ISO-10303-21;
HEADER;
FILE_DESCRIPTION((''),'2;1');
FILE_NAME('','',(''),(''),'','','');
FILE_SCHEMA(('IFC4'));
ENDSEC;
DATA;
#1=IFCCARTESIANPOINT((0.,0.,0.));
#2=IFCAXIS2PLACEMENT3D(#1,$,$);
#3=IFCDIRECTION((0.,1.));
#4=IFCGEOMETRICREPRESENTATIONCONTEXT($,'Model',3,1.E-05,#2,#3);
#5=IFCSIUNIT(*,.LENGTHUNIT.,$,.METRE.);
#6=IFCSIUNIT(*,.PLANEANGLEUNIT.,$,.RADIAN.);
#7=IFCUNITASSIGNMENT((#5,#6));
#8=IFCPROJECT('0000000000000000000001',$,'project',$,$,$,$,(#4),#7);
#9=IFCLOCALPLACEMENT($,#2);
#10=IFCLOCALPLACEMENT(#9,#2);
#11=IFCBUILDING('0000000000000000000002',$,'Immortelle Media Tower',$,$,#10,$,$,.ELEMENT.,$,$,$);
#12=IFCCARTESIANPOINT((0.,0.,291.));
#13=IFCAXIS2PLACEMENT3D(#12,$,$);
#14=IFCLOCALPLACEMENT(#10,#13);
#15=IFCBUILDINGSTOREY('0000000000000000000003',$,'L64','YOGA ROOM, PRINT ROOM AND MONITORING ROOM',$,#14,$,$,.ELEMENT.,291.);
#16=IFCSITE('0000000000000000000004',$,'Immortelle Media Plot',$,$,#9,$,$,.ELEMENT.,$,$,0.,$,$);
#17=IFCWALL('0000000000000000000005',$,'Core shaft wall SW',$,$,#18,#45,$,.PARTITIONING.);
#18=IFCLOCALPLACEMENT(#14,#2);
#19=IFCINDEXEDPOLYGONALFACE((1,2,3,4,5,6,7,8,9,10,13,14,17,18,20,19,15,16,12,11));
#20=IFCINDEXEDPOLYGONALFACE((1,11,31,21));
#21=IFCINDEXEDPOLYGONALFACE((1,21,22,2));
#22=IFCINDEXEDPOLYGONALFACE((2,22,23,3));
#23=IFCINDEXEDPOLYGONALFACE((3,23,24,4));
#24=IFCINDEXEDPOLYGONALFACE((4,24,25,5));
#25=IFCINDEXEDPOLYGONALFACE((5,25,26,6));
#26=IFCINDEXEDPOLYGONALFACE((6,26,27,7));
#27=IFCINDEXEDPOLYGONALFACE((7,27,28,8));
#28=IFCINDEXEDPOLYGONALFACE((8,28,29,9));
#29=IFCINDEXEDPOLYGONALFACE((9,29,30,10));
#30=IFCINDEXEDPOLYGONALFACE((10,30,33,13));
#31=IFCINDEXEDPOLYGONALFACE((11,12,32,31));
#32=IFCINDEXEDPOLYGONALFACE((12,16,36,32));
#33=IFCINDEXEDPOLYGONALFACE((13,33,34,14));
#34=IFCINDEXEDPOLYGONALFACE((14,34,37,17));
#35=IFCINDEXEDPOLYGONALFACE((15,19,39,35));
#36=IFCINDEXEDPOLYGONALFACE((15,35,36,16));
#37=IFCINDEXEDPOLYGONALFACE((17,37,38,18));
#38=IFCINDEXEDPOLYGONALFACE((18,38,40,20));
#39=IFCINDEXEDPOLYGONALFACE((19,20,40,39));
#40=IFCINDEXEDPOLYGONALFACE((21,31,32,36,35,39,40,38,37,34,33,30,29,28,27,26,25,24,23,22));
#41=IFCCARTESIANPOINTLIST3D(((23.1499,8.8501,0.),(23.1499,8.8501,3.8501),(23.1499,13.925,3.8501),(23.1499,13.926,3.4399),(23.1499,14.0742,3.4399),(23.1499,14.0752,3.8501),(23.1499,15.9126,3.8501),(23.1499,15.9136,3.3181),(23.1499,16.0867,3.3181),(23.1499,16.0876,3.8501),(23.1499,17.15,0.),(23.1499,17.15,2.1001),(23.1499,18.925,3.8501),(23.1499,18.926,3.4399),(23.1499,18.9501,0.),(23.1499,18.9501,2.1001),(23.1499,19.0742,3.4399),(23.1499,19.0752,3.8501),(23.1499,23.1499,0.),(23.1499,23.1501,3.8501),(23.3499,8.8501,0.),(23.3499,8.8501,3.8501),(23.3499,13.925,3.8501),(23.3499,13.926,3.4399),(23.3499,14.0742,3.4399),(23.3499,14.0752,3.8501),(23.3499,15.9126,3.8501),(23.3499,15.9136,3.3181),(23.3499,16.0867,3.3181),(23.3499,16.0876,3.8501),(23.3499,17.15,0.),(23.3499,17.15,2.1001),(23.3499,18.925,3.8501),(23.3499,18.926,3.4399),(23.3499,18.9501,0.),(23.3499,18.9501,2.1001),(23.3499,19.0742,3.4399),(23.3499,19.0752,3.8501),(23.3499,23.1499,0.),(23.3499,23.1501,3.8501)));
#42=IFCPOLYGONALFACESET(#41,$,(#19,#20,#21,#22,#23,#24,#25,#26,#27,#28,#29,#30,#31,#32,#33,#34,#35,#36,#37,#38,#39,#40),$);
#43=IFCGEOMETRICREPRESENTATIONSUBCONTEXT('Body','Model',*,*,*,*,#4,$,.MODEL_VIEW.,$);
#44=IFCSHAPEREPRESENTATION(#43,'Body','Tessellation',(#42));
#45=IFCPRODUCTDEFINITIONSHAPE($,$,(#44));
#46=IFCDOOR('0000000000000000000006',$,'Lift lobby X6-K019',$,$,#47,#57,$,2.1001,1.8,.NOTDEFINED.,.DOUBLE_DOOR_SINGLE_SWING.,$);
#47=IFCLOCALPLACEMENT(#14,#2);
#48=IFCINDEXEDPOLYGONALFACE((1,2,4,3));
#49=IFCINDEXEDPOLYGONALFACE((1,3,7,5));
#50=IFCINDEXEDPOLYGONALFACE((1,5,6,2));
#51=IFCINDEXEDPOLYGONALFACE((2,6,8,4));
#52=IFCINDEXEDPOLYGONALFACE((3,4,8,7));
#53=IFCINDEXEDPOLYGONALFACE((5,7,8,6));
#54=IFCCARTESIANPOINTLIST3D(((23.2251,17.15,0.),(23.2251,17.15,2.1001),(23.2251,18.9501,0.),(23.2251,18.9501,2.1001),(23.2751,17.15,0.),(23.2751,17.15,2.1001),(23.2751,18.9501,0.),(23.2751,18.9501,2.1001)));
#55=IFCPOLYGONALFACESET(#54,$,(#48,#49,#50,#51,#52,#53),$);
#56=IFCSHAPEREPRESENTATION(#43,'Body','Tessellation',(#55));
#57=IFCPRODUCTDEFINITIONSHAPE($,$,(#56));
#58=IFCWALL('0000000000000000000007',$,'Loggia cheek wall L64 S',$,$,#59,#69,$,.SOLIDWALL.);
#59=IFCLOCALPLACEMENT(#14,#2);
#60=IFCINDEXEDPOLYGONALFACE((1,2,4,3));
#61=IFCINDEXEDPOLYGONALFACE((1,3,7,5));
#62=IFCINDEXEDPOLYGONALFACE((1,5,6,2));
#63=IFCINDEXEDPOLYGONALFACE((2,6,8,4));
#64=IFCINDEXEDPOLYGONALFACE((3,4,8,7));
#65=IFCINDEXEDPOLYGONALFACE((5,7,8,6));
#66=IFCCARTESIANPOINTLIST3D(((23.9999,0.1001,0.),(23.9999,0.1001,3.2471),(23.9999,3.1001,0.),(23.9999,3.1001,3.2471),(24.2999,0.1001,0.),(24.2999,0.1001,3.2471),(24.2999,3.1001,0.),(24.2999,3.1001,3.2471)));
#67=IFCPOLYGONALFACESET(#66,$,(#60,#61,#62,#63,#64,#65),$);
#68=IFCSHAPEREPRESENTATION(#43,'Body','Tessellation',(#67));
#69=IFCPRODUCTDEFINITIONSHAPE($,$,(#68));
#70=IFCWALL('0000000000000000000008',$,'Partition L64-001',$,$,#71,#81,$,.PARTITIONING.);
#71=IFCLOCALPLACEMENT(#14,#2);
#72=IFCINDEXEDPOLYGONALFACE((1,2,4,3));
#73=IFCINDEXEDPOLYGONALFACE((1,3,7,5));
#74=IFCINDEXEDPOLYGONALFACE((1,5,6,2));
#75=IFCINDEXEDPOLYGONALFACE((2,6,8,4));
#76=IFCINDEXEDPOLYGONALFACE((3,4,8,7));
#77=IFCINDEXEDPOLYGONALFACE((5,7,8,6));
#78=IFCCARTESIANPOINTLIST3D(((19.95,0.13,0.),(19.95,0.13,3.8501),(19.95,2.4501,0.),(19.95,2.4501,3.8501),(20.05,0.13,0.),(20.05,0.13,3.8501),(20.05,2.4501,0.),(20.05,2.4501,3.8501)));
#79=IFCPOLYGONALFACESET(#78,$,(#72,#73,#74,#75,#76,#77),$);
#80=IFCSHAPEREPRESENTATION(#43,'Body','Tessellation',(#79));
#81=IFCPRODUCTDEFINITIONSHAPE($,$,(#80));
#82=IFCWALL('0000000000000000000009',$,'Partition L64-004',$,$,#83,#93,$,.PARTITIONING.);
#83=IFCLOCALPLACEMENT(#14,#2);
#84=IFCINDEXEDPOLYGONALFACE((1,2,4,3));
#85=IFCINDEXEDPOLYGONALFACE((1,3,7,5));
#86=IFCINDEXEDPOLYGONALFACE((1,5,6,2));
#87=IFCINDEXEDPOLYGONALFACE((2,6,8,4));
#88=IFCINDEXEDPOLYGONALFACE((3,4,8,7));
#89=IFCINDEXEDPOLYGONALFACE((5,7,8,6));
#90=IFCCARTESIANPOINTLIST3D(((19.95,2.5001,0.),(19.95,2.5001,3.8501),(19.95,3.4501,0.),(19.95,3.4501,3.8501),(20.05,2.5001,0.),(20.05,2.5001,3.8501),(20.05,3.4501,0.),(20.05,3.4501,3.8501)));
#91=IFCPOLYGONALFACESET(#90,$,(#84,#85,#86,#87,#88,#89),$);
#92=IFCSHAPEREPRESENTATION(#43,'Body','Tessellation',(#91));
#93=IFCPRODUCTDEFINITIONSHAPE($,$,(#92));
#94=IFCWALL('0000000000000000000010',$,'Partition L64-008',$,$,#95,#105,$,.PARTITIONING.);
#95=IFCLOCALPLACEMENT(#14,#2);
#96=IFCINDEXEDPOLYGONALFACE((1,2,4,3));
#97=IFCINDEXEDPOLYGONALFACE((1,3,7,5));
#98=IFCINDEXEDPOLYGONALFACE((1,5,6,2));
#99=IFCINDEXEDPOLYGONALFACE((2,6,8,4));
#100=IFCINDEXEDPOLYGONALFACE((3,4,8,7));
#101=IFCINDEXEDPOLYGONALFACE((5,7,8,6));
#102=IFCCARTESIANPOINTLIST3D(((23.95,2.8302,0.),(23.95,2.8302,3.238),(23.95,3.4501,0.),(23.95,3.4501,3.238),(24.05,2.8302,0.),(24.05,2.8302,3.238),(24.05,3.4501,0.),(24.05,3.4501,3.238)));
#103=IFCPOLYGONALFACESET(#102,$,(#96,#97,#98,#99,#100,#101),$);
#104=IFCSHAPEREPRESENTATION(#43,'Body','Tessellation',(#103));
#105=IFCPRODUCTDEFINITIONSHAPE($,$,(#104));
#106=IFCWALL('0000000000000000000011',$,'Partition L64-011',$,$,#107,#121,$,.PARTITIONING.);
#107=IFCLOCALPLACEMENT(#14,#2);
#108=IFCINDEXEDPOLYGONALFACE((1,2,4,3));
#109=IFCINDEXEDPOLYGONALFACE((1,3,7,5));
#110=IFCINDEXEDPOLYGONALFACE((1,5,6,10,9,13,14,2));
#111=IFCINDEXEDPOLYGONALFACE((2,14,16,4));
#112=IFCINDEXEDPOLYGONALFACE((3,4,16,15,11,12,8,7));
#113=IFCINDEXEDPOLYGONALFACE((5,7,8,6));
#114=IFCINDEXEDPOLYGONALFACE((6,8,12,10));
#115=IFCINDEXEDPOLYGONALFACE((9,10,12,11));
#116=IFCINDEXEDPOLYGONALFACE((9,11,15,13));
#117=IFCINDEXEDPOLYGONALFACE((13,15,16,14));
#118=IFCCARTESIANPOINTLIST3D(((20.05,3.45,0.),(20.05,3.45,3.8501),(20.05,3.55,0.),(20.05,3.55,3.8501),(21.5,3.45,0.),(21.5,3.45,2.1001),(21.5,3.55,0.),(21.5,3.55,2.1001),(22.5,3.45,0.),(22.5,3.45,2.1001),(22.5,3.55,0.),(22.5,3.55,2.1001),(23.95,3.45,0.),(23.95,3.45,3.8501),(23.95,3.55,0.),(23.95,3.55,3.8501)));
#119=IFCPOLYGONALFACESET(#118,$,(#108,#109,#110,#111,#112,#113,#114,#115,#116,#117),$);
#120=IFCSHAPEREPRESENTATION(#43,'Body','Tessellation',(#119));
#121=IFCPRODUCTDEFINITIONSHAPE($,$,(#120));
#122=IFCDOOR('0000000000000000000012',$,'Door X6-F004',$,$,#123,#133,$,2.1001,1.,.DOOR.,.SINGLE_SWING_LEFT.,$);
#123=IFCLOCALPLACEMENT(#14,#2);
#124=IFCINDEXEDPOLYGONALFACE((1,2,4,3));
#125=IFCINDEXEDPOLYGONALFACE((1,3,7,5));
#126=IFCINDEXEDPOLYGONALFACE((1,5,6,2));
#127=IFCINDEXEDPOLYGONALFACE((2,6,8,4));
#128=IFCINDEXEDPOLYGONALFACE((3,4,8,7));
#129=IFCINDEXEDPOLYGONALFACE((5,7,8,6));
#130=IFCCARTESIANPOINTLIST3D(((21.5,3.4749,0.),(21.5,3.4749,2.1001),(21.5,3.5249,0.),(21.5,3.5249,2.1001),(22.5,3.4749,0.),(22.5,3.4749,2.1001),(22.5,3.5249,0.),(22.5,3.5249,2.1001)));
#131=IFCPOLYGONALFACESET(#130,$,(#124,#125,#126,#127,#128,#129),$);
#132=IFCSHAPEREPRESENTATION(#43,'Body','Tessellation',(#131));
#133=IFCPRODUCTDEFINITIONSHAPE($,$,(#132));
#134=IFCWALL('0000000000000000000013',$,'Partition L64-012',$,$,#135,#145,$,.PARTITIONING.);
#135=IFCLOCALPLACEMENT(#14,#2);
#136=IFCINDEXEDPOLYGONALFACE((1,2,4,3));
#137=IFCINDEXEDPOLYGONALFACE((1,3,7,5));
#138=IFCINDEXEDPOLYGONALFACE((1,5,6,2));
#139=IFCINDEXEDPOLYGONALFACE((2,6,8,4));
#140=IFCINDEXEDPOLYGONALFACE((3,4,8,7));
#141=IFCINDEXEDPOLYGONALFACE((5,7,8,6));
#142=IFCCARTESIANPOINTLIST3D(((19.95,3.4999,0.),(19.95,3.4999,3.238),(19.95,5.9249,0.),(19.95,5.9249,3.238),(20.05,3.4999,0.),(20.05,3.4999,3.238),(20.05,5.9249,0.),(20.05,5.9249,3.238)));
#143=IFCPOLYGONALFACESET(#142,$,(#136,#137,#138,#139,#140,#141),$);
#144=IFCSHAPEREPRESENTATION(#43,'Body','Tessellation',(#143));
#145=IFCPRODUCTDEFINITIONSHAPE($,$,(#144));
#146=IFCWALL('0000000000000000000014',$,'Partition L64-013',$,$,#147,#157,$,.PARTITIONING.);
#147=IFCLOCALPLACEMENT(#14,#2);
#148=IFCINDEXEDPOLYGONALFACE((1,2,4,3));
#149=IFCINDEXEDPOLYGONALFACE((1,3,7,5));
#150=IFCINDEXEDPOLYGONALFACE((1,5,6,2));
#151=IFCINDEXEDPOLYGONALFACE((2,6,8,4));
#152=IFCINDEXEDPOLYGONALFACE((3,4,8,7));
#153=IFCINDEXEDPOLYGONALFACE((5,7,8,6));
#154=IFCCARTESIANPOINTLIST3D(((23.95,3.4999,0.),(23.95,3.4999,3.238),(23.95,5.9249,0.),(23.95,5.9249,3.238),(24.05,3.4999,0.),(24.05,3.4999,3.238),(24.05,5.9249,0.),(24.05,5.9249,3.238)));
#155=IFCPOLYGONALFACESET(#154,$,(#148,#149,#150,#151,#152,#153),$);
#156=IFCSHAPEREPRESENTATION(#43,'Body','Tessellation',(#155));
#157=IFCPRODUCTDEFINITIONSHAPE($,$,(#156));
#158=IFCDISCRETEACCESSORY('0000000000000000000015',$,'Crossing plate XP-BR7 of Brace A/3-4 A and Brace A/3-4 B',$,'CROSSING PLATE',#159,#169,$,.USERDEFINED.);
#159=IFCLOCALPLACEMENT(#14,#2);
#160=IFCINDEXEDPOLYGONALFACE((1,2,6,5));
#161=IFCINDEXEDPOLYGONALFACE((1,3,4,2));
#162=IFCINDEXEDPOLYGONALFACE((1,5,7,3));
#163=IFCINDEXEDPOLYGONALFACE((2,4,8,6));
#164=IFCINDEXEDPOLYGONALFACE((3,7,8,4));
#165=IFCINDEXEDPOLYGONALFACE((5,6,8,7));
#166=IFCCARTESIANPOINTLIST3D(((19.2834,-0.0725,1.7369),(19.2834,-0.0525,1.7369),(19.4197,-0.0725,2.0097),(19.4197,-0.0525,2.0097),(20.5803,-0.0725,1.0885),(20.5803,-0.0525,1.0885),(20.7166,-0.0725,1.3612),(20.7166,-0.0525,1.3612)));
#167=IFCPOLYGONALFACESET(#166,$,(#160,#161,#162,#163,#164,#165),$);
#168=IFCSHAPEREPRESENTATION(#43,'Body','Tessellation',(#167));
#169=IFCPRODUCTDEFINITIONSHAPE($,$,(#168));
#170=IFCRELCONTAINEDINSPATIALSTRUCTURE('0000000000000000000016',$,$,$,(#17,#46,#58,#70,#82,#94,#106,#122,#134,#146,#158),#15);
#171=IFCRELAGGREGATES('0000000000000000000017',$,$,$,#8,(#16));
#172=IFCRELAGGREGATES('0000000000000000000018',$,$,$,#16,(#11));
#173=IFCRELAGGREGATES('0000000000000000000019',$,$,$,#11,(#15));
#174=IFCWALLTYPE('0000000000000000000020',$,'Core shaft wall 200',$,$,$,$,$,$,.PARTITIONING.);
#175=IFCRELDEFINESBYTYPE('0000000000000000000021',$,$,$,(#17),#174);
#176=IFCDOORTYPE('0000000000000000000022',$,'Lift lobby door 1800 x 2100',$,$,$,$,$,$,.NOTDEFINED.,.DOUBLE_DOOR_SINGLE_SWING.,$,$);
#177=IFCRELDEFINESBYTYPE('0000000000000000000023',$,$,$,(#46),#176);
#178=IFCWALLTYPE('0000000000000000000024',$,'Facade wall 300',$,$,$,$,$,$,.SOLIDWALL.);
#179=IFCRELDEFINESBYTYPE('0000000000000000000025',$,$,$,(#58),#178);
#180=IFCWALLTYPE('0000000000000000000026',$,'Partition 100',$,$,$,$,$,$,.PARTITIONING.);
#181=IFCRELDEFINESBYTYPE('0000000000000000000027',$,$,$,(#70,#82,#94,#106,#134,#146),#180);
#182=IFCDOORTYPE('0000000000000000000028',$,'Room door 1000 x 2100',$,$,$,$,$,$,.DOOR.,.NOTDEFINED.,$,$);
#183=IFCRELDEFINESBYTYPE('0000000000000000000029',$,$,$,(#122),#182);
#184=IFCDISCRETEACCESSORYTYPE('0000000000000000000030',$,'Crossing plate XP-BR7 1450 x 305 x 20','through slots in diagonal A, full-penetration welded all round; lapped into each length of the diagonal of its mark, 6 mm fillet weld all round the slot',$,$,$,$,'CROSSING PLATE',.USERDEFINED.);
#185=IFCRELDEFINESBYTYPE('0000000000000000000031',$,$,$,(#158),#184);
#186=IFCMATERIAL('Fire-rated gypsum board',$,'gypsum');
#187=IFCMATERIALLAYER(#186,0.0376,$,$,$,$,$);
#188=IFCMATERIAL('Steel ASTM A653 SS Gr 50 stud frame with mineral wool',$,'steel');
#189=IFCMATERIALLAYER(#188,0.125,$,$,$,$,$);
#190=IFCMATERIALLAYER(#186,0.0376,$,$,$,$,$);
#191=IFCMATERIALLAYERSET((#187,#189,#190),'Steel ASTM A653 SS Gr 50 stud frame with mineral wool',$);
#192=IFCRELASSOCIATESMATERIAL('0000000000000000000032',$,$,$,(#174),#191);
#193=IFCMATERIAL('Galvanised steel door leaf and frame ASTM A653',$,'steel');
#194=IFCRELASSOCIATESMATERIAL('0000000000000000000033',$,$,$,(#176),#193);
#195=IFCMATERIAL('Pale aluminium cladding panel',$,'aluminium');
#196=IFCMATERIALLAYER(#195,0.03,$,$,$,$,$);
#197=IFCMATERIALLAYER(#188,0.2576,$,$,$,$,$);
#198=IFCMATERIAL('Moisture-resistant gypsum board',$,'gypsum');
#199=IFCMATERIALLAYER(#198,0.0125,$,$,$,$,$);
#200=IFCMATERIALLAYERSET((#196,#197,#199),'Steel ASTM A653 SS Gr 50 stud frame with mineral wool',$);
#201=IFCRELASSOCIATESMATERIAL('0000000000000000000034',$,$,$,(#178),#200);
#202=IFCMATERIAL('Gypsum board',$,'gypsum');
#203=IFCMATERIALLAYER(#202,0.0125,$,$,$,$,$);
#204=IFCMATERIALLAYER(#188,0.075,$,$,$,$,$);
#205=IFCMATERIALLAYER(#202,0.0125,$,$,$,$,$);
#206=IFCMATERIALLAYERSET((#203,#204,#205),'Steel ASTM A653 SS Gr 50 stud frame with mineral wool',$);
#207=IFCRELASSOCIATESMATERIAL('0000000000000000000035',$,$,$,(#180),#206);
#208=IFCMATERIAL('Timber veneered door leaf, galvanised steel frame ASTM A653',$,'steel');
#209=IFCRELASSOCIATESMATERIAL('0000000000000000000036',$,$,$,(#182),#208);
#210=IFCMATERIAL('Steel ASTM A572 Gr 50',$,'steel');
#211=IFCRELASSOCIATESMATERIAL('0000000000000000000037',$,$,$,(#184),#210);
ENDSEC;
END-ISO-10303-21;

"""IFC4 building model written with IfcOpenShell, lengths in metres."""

from ifc_helpers import new_model, si_unit, direction, frame, frame_2d, origin, origin_2d, place, context, subcontext, project, spatial, polyline, rectangle, outline, extrude, material, layer, layer_set, material_profile, profile_set, type_object, element, fill, save


model = new_model("IFC4")

# Units and contexts
model_context = context("Model", 3, precision=1e-05, world=origin(), true_north=direction((0.0, 1.0)))
body_context = subcontext(model_context, "Body", "Model", "MODEL_VIEW")
ifc_project = project(units=[si_unit("LENGTHUNIT", "METRE"), si_unit("PLANEANGLEUNIT", "RADIAN")], contexts=[model_context])

# Site, building, storey
site_placement = place(None, origin())
site = spatial("IfcSite", under=ifc_project, at=site_placement, Name="Immortelle Media Plot", CompositionType="ELEMENT", RefElevation=0.0)
building_placement = place(site_placement, origin())
building = spatial("IfcBuilding", under=site, at=building_placement, Name="Immortelle Media Tower", CompositionType="ELEMENT")
storey_placement = place(building_placement, frame((0.0, 0.0, 291.0)))
storey = spatial("IfcBuildingStorey", under=building, at=storey_placement, Name="L64", Description="YOGA ROOM, PRINT ROOM AND MONITORING ROOM", CompositionType="ELEMENT", Elevation=291.0)

# Wall, opening, door
ifc_material_1 = material(Name="Fire-rated gypsum board", Category="gypsum")
ifc_layer_1 = layer(ifc_material_1, 0.0376)
ifc_material_2 = material(Name="Steel ASTM A653 SS Gr 50 stud frame with mineral wool", Category="steel")
ifc_layer_2 = layer(ifc_material_2, 0.125)
ifc_layer_3 = layer(ifc_material_1, 0.0376)
ifc_layer_set_1 = layer_set([ifc_layer_1, ifc_layer_2, ifc_layer_3], Name="Steel ASTM A653 SS Gr 50 stud frame with mineral wool")
wall_type_1 = type_object("IfcWallType", Name="Core shaft wall 200", PredefinedType="PARTITIONING", material=ifc_layer_set_1)
wall_1_placement = place(storey_placement, frame((23.25, 8.8501, 0.0), z_axis=(0.0, 0.0, 1.0), x_axis=(0.0, 1.0, 0.0)))
wall_1 = element("IfcWall", 1, at=wall_1_placement, inside=storey, type_object=wall_type_1, Name="Core shaft wall SW", PredefinedType="PARTITIONING", context=body_context, shape_type="SweptSolid", body=[
    extrude(outline(polyline([(0.0, 0.0), (14.2998, 0.0), (14.3, 3.8501), (10.2251, 3.8501), (10.2241, 3.4399), (10.0759, 3.4399), (10.075, 3.8501), (7.2375, 3.8501), (7.2366, 3.3181), (7.0635, 3.3181), (7.0625, 3.8501), (5.2251, 3.8501), (5.2241, 3.4399), (5.0759, 3.4399), (5.075, 3.8501), (0.0, 3.8501), (0.0, 0.0)])), frame((0.0, 0.1001, 0.0), z_axis=(0.0, -1.0, 0.0), x_axis=(1.0, 0.0, 0.0)), (0.0, 0.0, 1.0), 0.2),
])
opening_1_placement = place(wall_1_placement, frame((8.3, 0.0, 0.0)))
opening_1 = element("IfcOpeningElement", 2, at=opening_1_placement, cuts=wall_1, PredefinedType="OPENING", context=body_context, shape_type="SweptSolid", body=[
    extrude(rectangle(XDim=1.8, YDim=2.1001, at=frame_2d((0.8999, 1.05))), frame((0.0, 0.1099, 0.0), z_axis=(0.0, -1.0, 0.0), x_axis=(1.0, 0.0, 0.0)), (0.0, 0.0, 1.0), 0.22),
])
ifc_material_3 = material(Name="Galvanised steel door leaf and frame ASTM A653", Category="steel")
door_type_1 = type_object("IfcDoorType", Name="Lift lobby door 1800 x 2100", OperationType="DOUBLE_DOOR_SINGLE_SWING", PredefinedType="NOTDEFINED", material=ifc_material_3)
door_1_placement = place(opening_1_placement, origin())
door_1 = element("IfcDoor", 3, at=door_1_placement, inside=storey, type_object=door_type_1, Name="Lift lobby X6-K019", OperationType="DOUBLE_DOOR_SINGLE_SWING", OverallHeight=2.1001, OverallWidth=1.8, PredefinedType="NOTDEFINED", context=body_context, shape_type="SweptSolid", body=[
    extrude(rectangle(XDim=1.8, YDim=2.1001, at=frame_2d((0.8999, 1.05))), frame((0.0, 0.0249, 0.0), z_axis=(0.0, -1.0, 0.0), x_axis=(1.0, 0.0, 0.0)), (0.0, 0.0, 1.0), 0.05),
])
fill(opening_1, door_1)

# Walls
ifc_material_4 = material(Name="Pale aluminium cladding panel", Category="aluminium")
ifc_layer_4 = layer(ifc_material_4, 0.03)
ifc_layer_5 = layer(ifc_material_2, 0.2576)
ifc_material_5 = material(Name="Moisture-resistant gypsum board", Category="gypsum")
ifc_layer_6 = layer(ifc_material_5, 0.0125)
ifc_layer_set_2 = layer_set([ifc_layer_4, ifc_layer_5, ifc_layer_6], Name="Steel ASTM A653 SS Gr 50 stud frame with mineral wool")
wall_type_2 = type_object("IfcWallType", Name="Facade wall 300", PredefinedType="SOLIDWALL", material=ifc_layer_set_2)
wall_2_placement = place(storey_placement, frame((24.1499, 0.1001, 0.0), z_axis=(0.0, 0.0, 1.0), x_axis=(0.0, 1.0, 0.0)))
element("IfcWall", 4, at=wall_2_placement, inside=storey, type_object=wall_type_2, Name="Loggia cheek wall L64 S", PredefinedType="SOLIDWALL", context=body_context, shape_type="SweptSolid", body=[
    extrude(rectangle(XDim=3.0, YDim=0.3, at=frame_2d((1.5, 0.0))), origin(), (0.0, 0.0, 1.0), 3.2471),
])
ifc_material_6 = material(Name="Gypsum board", Category="gypsum")
ifc_layer_7 = layer(ifc_material_6, 0.0125)
ifc_layer_8 = layer(ifc_material_2, 0.075)
ifc_layer_9 = layer(ifc_material_6, 0.0125)
ifc_layer_set_3 = layer_set([ifc_layer_7, ifc_layer_8, ifc_layer_9], Name="Steel ASTM A653 SS Gr 50 stud frame with mineral wool")
wall_type_3 = type_object("IfcWallType", Name="Partition 100", PredefinedType="PARTITIONING", material=ifc_layer_set_3)
wall_3_placement = place(storey_placement, frame((20.0, 0.1299, 0.0), z_axis=(0.0, 0.0, 1.0), x_axis=(0.0, 1.0, 0.0)))
element("IfcWall", 5, at=wall_3_placement, inside=storey, type_object=wall_type_3, Name="Partition L64-001", PredefinedType="PARTITIONING", context=body_context, shape_type="SweptSolid", body=[
    extrude(rectangle(XDim=2.3201, YDim=0.1001, at=frame_2d((1.1602, 0.0))), origin(), (0.0, 0.0, 1.0), 3.8501),
])
wall_4_placement = place(storey_placement, frame((20.0, 2.5, 0.0), z_axis=(0.0, 0.0, 1.0), x_axis=(0.0, 1.0, 0.0)))
element("IfcWall", 6, at=wall_4_placement, inside=storey, type_object=wall_type_3, Name="Partition L64-004", PredefinedType="PARTITIONING", context=body_context, shape_type="SweptSolid", body=[
    extrude(rectangle(XDim=0.95, YDim=0.1001, at=frame_2d((0.4751, 0.0))), origin(), (0.0, 0.0, 1.0), 3.8501),
])
wall_5_placement = place(storey_placement, frame((24.0, 2.8301, 0.0), z_axis=(0.0, 0.0, 1.0), x_axis=(0.0, 1.0, 0.0)))
element("IfcWall", 7, at=wall_5_placement, inside=storey, type_object=wall_type_3, Name="Partition L64-008", PredefinedType="PARTITIONING", context=body_context, shape_type="SweptSolid", body=[
    extrude(rectangle(XDim=0.6199, YDim=0.1001, at=frame_2d((0.3101, 0.0))), origin(), (0.0, 0.0, 1.0), 3.238),
])

# Wall, opening, door
wall_6_placement = place(storey_placement, frame((20.05, 3.5, 0.0), z_axis=(0.0, 0.0, 1.0), x_axis=(1.0, 0.0, 0.0)))
wall_6 = element("IfcWall", 8, at=wall_6_placement, inside=storey, type_object=wall_type_3, Name="Partition L64-011", PredefinedType="PARTITIONING", context=body_context, shape_type="SweptSolid", body=[
    extrude(rectangle(XDim=3.8999, YDim=0.1001, at=frame_2d((1.95, 0.0))), origin(), (0.0, 0.0, 1.0), 3.8501),
])
opening_2_placement = place(wall_6_placement, frame((1.45, 0.0, 0.0)))
opening_2 = element("IfcOpeningElement", 9, at=opening_2_placement, cuts=wall_6, PredefinedType="OPENING", context=body_context, shape_type="SweptSolid", body=[
    extrude(rectangle(XDim=1.0, YDim=2.1001, at=frame_2d((0.5, 1.05))), frame((0.0, 0.0601, 0.0), z_axis=(0.0, -1.0, 0.0), x_axis=(1.0, 0.0, 0.0)), (0.0, 0.0, 1.0), 0.1201),
])
ifc_material_7 = material(Name="Timber veneered door leaf, galvanised steel frame ASTM A653", Category="steel")
door_type_2 = type_object("IfcDoorType", Name="Room door 1000 x 2100", OperationType="NOTDEFINED", PredefinedType="DOOR", material=ifc_material_7)
door_2_placement = place(opening_2_placement, origin())
door_2 = element("IfcDoor", 10, at=door_2_placement, inside=storey, type_object=door_type_2, Name="Door X6-F004", OperationType="SINGLE_SWING_LEFT", OverallHeight=2.1001, OverallWidth=1.0, PredefinedType="DOOR", context=body_context, shape_type="SweptSolid", body=[
    extrude(rectangle(XDim=1.0, YDim=2.1001, at=frame_2d((0.5, 1.05))), frame((0.0, 0.0249, 0.0), z_axis=(0.0, -1.0, 0.0), x_axis=(1.0, 0.0, 0.0)), (0.0, 0.0, 1.0), 0.05),
])
fill(opening_2, door_2)

# Walls
for number, where, z_axis, x_axis, name in (
    (11, (20.0, 3.5, 0.0), (0.0, 0.0, 1.0), (0.0, 1.0, 0.0), "Partition L64-012"),
    (12, (24.0, 3.5, 0.0), (0.0, 0.0, 1.0), (0.0, 1.0, 0.0), "Partition L64-013"),
):
    element("IfcWall", number, at=place(storey_placement, frame(where, z_axis=z_axis, x_axis=x_axis)), inside=storey, type_object=wall_type_3, Name=name, PredefinedType="PARTITIONING", context=body_context, shape_type="SweptSolid", body=[
        extrude(rectangle(XDim=2.425, YDim=0.1001, at=frame_2d((1.2124, 0.0))), origin(), (0.0, 0.0, 1.0), 3.238),
    ])

# Discrete accessory
ifc_material_8 = material(Name="Steel ASTM A572 Gr 50", Category="steel")
ifc_material_profile_1 = material_profile(ifc_material_8, rectangle(XDim=0.02, YDim=0.3049, at=origin_2d()), Name="PL 20 x 305")
ifc_profile_set_1 = profile_set([ifc_material_profile_1], Name="Steel ASTM A572 Gr 50")
discrete_accessory_type_1 = type_object("IfcDiscreteAccessoryType", Name="Crossing plate XP-BR7 1450 x 305 x 20", Description="through slots in diagonal A, full-penetration welded all round; lapped into each length of the diagonal of its mark, 6 mm fillet weld all round the slot", ElementType="CROSSING PLATE", PredefinedType="USERDEFINED", material=ifc_profile_set_1)
discrete_accessory_placement = place(storey_placement, frame((19.3516, -0.0625, 1.8733), z_axis=(0.894427, 0.0, -0.447214), x_axis=(0.0, 1.0, 0.0)))
element("IfcDiscreteAccessory", 13, at=discrete_accessory_placement, inside=storey, type_object=discrete_accessory_type_1, Name="Crossing plate XP-BR7 of Brace A/3-4 A and Brace A/3-4 B", ObjectType="CROSSING PLATE", PredefinedType="USERDEFINED", context=body_context, shape_type="SweptSolid", body=[
    extrude(rectangle(XDim=0.02, YDim=0.3049, at=origin_2d()), origin(), (0.0, 0.0, 1.0), 1.45),
])

save(model, "model.ifc")
